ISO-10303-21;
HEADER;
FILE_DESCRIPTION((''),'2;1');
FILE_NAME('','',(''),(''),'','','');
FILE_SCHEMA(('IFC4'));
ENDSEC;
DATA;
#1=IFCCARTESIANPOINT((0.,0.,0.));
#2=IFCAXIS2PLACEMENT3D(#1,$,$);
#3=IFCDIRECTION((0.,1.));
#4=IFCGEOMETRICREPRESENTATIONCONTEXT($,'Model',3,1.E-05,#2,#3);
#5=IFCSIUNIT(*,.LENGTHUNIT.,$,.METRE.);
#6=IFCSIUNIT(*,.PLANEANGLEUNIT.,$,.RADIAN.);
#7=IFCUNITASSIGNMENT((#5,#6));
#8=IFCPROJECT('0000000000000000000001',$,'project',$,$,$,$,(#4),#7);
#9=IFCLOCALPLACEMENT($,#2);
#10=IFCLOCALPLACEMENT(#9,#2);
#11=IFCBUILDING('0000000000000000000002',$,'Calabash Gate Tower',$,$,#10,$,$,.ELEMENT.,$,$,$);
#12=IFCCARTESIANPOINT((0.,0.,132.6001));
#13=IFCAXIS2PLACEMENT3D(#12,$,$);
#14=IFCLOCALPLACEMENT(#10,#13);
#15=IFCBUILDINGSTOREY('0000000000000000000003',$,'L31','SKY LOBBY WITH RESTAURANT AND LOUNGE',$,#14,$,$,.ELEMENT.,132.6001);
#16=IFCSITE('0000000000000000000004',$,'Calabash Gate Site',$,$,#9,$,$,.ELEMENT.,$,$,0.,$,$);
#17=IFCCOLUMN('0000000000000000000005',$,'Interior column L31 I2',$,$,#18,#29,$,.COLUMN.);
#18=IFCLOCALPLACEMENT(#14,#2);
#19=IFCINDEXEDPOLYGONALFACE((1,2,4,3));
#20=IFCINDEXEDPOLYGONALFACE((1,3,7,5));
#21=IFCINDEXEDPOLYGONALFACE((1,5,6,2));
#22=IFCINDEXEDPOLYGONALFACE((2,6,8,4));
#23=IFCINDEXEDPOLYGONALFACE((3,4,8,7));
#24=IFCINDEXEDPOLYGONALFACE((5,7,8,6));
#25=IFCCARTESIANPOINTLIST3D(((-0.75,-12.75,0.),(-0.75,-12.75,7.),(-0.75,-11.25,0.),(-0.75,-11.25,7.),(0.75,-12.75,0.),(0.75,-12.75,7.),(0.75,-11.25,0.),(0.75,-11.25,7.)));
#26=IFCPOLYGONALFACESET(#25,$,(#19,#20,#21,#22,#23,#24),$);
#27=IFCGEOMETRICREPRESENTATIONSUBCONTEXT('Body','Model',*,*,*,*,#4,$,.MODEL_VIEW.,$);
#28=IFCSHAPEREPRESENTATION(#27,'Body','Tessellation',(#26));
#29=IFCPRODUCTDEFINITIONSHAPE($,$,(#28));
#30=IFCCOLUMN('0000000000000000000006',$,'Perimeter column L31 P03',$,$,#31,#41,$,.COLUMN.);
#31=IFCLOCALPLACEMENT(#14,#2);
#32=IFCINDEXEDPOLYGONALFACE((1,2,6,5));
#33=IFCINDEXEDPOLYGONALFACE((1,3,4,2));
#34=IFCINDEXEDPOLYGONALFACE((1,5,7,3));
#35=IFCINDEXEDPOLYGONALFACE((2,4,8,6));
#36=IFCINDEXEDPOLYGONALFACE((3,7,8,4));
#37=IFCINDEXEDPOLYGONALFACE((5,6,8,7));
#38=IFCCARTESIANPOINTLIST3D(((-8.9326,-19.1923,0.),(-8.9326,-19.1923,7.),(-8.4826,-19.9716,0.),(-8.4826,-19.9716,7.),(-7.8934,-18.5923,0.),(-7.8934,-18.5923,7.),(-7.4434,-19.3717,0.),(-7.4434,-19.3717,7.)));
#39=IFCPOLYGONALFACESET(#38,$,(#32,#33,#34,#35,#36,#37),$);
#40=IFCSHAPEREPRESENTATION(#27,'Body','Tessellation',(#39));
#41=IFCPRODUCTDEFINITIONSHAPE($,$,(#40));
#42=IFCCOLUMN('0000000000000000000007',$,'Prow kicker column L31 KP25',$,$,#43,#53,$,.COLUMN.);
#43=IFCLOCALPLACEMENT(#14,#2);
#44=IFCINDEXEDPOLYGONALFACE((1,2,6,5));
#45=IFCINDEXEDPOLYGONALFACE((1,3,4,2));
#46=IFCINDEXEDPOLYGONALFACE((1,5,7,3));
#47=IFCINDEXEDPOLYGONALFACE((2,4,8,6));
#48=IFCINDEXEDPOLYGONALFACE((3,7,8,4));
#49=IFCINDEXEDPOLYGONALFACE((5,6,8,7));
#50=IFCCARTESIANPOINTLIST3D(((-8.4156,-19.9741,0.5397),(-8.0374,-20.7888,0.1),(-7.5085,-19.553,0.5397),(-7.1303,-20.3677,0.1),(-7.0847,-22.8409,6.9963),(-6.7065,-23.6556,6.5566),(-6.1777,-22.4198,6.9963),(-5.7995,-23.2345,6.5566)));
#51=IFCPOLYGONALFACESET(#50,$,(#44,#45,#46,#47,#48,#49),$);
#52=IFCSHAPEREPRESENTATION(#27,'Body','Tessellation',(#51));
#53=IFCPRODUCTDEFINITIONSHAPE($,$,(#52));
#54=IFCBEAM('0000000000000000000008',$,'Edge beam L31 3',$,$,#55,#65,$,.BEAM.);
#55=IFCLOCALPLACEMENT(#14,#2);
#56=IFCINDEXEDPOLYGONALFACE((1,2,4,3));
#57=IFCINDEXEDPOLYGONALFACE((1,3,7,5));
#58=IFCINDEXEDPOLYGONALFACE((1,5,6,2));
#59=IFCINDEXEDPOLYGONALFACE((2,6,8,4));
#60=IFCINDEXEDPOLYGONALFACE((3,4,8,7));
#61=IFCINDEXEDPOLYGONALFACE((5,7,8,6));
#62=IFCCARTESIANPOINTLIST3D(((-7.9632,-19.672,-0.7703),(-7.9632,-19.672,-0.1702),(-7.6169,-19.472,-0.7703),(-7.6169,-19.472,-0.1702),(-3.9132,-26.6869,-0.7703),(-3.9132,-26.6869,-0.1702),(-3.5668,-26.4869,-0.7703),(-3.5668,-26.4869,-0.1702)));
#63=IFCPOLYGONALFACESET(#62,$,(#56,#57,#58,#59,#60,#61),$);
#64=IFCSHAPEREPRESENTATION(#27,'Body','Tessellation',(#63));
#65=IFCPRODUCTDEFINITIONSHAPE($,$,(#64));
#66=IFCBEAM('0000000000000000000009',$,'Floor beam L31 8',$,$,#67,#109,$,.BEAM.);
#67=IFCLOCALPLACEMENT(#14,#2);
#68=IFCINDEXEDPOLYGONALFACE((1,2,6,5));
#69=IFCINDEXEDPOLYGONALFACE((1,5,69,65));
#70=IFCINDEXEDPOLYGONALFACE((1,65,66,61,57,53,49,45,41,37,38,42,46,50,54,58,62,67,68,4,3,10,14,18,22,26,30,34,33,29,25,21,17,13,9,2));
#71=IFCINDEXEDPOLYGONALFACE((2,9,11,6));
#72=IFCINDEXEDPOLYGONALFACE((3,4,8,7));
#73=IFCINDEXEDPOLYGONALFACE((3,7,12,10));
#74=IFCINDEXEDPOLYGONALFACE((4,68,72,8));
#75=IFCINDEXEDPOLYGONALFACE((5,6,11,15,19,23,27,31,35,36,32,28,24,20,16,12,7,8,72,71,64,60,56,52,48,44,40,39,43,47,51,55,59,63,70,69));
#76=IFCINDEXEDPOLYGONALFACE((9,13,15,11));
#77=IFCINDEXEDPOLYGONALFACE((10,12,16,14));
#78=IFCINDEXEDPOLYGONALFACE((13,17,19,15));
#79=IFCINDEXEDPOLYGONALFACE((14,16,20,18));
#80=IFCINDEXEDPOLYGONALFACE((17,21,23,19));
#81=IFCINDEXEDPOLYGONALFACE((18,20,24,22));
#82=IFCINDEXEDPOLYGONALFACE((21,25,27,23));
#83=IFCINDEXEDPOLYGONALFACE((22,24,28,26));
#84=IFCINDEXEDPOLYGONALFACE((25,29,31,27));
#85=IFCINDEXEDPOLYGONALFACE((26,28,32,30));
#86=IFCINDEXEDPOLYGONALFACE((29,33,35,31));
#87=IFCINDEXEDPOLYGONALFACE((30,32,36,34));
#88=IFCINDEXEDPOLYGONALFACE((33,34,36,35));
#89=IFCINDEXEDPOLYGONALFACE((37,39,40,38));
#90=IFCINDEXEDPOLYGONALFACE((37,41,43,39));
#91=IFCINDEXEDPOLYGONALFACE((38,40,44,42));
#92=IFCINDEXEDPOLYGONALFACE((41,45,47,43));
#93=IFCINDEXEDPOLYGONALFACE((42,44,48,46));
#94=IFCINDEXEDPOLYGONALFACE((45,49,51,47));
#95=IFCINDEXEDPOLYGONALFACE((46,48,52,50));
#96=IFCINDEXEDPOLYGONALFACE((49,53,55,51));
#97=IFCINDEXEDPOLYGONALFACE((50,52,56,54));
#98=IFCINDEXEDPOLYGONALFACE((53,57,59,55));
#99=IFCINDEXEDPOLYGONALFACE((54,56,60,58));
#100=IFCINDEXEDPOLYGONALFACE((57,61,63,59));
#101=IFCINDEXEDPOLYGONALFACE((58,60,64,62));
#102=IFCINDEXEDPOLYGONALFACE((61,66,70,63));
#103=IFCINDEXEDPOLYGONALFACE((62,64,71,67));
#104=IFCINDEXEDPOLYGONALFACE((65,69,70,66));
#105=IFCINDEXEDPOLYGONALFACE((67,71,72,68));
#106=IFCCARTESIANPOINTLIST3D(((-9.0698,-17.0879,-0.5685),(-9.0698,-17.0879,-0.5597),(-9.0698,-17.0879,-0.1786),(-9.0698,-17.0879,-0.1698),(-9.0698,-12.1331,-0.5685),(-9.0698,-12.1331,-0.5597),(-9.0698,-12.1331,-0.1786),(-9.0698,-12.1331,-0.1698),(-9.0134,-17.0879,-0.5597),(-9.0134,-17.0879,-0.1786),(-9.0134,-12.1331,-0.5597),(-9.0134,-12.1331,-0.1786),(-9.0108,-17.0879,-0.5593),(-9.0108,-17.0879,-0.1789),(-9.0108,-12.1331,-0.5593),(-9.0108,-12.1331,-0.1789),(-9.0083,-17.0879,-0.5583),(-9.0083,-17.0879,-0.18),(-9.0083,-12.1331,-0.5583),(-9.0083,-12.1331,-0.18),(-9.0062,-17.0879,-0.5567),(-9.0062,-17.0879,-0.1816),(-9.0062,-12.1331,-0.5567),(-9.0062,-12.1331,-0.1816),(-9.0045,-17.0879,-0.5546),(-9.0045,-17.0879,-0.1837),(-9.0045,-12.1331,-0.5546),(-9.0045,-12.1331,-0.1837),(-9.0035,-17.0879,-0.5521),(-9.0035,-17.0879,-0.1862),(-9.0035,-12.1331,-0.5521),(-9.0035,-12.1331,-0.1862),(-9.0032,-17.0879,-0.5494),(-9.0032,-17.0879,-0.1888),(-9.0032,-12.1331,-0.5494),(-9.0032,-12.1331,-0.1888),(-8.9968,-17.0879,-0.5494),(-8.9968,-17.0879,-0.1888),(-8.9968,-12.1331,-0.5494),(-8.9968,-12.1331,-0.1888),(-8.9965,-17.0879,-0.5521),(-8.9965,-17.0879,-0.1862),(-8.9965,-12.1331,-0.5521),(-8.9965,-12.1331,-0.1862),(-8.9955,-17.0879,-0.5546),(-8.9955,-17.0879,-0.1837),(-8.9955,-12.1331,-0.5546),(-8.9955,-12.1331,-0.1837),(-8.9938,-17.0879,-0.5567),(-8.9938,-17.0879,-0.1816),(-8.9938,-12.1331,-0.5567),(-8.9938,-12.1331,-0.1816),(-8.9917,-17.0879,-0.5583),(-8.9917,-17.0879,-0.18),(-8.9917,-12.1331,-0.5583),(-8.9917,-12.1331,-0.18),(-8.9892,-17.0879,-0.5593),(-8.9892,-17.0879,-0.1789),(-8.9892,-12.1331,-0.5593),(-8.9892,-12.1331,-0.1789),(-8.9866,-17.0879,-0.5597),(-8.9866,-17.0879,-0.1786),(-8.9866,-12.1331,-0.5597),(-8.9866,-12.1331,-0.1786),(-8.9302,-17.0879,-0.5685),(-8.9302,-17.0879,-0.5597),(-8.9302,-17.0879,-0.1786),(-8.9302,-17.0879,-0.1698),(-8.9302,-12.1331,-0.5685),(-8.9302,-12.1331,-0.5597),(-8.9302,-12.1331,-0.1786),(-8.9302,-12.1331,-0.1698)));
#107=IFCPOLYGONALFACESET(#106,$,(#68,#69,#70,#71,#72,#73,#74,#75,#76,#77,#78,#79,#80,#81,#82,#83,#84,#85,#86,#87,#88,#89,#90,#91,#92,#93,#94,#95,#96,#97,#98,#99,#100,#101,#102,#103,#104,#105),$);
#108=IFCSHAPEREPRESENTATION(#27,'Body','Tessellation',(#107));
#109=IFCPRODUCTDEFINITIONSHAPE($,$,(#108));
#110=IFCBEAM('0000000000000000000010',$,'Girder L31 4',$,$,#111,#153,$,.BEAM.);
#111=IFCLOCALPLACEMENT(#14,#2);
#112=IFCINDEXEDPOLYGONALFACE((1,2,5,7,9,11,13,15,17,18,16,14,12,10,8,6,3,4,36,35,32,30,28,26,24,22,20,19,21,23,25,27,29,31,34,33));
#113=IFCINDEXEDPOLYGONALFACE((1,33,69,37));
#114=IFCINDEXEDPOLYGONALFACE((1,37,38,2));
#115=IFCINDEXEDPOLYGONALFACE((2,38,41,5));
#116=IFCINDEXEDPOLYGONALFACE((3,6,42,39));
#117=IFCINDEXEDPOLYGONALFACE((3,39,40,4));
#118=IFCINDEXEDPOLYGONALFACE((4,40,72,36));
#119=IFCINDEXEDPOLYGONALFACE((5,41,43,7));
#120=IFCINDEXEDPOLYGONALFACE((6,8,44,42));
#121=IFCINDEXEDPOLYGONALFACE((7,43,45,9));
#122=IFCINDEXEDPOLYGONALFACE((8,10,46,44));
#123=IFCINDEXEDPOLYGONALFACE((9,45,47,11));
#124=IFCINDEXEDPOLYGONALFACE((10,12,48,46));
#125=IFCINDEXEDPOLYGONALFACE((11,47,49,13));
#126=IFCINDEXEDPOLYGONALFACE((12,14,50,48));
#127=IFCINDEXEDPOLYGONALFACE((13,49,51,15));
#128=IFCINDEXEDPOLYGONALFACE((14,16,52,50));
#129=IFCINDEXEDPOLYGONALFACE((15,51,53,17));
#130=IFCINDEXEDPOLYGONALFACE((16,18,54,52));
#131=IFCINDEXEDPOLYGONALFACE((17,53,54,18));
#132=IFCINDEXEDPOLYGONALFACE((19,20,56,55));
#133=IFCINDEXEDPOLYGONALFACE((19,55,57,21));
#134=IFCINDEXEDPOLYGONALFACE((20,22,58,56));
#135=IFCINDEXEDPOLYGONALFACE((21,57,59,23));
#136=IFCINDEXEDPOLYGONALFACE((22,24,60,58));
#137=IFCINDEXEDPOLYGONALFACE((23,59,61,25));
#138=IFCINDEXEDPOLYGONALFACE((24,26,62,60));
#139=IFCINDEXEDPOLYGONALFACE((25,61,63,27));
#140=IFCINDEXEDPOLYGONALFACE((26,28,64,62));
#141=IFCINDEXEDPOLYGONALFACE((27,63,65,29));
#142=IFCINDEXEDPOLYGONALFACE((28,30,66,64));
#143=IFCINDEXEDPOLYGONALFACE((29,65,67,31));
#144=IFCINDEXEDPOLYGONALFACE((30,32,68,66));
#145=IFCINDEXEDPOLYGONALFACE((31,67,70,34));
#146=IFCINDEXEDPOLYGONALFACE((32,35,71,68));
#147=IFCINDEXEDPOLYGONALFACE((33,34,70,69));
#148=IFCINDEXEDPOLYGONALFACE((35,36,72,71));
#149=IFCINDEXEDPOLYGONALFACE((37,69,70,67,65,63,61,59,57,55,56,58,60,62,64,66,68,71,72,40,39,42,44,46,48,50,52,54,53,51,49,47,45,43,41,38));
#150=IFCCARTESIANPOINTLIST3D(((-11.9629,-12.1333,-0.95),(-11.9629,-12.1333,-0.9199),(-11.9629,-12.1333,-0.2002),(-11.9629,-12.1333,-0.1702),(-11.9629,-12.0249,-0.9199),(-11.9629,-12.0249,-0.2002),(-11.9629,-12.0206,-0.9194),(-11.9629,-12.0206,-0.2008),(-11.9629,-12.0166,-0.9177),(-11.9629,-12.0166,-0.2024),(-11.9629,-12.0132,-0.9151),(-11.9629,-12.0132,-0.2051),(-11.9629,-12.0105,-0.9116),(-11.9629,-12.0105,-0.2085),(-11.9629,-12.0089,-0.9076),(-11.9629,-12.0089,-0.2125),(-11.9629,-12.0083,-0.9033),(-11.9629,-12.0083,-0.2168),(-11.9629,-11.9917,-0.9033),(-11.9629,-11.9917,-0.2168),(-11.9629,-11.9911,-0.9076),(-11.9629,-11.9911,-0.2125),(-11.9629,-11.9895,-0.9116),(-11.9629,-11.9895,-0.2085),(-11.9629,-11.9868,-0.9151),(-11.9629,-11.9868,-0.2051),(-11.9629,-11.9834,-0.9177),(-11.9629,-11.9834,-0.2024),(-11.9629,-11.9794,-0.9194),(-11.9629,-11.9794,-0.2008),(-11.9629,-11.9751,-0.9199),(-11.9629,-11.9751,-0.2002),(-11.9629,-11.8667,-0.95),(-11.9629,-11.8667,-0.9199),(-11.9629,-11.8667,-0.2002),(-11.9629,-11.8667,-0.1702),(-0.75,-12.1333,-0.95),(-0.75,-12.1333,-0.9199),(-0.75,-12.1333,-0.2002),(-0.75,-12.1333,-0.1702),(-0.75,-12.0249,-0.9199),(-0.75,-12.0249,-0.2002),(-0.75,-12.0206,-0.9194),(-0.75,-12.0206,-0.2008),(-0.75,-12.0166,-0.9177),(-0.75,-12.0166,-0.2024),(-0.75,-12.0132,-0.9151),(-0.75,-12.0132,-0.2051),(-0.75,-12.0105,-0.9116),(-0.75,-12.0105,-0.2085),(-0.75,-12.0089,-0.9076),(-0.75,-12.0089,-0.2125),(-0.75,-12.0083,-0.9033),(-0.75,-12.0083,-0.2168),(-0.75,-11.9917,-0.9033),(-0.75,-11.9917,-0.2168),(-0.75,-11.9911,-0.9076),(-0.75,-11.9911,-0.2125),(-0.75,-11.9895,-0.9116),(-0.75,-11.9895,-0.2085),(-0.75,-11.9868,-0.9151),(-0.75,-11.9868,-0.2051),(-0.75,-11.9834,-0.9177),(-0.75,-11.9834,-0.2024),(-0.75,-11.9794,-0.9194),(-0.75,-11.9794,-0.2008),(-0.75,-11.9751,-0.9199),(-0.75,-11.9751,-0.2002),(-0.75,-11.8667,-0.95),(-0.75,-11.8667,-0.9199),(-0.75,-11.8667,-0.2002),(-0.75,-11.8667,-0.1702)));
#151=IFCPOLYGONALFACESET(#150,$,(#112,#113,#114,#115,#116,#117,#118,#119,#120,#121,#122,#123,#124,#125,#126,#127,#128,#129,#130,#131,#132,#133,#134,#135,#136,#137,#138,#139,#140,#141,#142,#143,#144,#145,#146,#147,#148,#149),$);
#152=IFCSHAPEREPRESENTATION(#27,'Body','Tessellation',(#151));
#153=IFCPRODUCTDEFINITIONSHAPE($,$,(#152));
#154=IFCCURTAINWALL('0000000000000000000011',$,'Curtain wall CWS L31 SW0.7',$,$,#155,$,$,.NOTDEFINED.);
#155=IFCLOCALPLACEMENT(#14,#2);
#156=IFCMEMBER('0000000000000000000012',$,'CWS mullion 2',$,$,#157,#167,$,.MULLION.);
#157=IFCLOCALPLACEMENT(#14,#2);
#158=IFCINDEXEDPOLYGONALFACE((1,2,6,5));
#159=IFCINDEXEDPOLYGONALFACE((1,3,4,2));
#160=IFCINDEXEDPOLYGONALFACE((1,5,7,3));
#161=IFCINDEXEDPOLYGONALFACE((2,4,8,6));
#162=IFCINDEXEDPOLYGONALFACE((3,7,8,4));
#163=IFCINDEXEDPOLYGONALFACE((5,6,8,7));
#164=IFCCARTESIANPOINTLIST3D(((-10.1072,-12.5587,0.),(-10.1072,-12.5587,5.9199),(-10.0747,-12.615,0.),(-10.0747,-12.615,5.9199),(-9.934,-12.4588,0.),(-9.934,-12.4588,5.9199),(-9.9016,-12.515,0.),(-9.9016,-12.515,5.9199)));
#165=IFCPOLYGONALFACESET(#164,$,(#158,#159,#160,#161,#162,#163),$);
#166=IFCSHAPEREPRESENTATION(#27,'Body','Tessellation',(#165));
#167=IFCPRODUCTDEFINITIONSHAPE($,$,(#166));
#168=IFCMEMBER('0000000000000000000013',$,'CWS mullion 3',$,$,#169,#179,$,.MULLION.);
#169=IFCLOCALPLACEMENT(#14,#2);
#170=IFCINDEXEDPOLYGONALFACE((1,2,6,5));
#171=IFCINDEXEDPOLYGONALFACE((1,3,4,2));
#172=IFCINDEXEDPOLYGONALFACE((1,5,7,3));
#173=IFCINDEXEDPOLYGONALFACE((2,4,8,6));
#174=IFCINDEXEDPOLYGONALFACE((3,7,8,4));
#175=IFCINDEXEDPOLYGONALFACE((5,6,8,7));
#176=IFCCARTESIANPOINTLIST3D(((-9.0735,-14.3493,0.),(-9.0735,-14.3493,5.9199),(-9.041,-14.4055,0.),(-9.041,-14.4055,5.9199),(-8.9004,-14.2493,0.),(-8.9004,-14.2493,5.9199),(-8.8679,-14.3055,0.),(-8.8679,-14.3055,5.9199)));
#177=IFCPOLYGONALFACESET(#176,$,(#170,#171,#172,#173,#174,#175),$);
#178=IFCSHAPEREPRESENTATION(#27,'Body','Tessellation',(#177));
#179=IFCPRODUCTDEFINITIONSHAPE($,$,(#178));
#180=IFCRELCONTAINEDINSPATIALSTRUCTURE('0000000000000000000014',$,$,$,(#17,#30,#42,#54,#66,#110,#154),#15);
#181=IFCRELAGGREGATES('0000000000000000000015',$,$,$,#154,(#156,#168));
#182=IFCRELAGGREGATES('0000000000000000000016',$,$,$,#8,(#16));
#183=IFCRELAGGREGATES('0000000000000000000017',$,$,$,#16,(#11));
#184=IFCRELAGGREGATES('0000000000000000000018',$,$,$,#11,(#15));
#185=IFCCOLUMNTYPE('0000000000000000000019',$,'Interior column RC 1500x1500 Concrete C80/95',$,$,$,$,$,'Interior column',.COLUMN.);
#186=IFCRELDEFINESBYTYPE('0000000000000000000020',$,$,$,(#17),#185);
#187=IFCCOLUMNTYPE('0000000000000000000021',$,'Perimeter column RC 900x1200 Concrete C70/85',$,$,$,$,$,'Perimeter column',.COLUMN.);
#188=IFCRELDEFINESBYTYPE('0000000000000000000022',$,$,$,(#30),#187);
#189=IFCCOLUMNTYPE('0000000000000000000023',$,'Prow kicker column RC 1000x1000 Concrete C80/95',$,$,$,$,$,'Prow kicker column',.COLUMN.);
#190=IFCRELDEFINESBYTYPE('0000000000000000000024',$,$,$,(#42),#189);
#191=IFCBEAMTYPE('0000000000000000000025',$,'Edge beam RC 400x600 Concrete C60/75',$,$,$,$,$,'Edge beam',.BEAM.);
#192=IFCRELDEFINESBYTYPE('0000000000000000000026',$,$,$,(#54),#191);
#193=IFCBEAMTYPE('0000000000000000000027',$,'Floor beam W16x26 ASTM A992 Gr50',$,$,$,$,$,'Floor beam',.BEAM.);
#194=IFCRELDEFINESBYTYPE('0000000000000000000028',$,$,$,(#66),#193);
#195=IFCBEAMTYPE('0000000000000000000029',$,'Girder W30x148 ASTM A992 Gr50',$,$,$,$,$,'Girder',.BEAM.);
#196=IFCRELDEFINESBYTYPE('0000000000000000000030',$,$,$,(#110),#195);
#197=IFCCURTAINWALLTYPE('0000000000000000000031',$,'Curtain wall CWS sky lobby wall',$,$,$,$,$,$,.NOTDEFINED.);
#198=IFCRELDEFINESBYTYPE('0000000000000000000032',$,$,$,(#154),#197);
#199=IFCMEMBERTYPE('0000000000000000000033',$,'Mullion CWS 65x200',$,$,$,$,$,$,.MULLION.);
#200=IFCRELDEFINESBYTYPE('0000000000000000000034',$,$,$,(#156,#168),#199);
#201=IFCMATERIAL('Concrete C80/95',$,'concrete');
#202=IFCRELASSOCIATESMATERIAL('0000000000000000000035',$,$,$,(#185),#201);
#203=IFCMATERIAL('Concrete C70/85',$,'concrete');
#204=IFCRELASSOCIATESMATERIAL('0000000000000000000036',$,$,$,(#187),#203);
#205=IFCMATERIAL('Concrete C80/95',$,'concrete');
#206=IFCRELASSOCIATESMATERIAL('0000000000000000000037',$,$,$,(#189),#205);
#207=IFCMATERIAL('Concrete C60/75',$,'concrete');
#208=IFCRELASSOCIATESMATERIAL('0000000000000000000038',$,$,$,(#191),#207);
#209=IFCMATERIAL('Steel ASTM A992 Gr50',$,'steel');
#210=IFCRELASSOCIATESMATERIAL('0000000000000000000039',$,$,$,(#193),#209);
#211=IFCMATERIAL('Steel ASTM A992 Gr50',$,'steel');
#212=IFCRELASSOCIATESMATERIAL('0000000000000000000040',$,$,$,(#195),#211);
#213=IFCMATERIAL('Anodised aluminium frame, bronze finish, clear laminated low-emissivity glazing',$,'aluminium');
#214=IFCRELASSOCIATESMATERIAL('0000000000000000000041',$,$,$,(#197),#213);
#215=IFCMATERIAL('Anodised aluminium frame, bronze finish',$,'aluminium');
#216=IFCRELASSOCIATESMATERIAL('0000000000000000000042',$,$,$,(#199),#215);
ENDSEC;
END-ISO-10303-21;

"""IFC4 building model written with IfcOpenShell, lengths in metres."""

from ifc_helpers import new_model, si_unit, direction, frame, origin, origin_2d, place, context, subcontext, project, spatial, rectangle, i_section, extrude, clip, halfspace, material, material_profile, profile_set, type_object, element, aggregate, save


model = new_model("IFC4")

# Units and contexts
model_context = context("Model", 3, precision=1e-05, world=origin(), true_north=direction((0.0, 1.0)))
body_context = subcontext(model_context, "Body", "Model", "MODEL_VIEW")
ifc_project = project(units=[si_unit("LENGTHUNIT", "METRE"), si_unit("PLANEANGLEUNIT", "RADIAN")], contexts=[model_context])

# Site, building, storey
site_placement = place(None, origin())
site = spatial("IfcSite", under=ifc_project, at=site_placement, Name="Calabash Gate Site", CompositionType="ELEMENT", RefElevation=0.0)
building_placement = place(site_placement, origin())
building = spatial("IfcBuilding", under=site, at=building_placement, Name="Calabash Gate Tower", CompositionType="ELEMENT")
storey_placement = place(building_placement, frame((0.0, 0.0, 132.6001)))
storey = spatial("IfcBuildingStorey", under=building, at=storey_placement, Name="L31", Description="SKY LOBBY WITH RESTAURANT AND LOUNGE", CompositionType="ELEMENT", Elevation=132.6001)

# Columns
ifc_material_1 = material(Name="Concrete C80/95", Category="concrete")
ifc_material_profile_1 = material_profile(ifc_material_1, rectangle(XDim=1.5, YDim=1.5, at=origin_2d()))
ifc_profile_set_1 = profile_set([ifc_material_profile_1], Name="Concrete C80/95")
column_type_1 = type_object("IfcColumnType", Name="Interior column RC 1500x1500 Concrete C80/95", ElementType="Interior column", PredefinedType="COLUMN", material=ifc_profile_set_1)
column_1_placement = place(storey_placement, frame((0.0, -12.0, 0.0), z_axis=(0.0, 0.0, 1.0), x_axis=(1.0, 0.0, 0.0)))
element("IfcColumn", 1, at=column_1_placement, inside=storey, type_object=column_type_1, Name="Interior column L31 I2", PredefinedType="COLUMN", context=body_context, shape_type="SweptSolid", body=[
    extrude(rectangle(XDim=1.5, YDim=1.5, at=origin_2d()), origin(), (0.0, 0.0, 1.0), 7.0),
])
ifc_material_2 = material(Name="Concrete C70/85", Category="concrete")
ifc_material_profile_2 = material_profile(ifc_material_2, rectangle(XDim=0.8999, YDim=1.2, at=origin_2d()))
ifc_profile_set_2 = profile_set([ifc_material_profile_2], Name="Concrete C70/85")
column_type_2 = type_object("IfcColumnType", Name="Perimeter column RC 900x1200 Concrete C70/85", ElementType="Perimeter column", PredefinedType="COLUMN", material=ifc_profile_set_2)
column_2_placement = place(storey_placement, frame((-8.188, -19.282, 0.0), z_axis=(0.0, 0.0, 1.0), x_axis=(0.5, -0.866025, 0.0)))
element("IfcColumn", 2, at=column_2_placement, inside=storey, type_object=column_type_2, Name="Perimeter column L31 P03", PredefinedType="COLUMN", context=body_context, shape_type="SweptSolid", body=[
    extrude(rectangle(XDim=0.8999, YDim=1.2, at=origin_2d()), origin(), (0.0, 0.0, 1.0), 7.0),
])
ifc_material_3 = material(Name="Concrete C80/95", Category="concrete")
ifc_material_profile_3 = material_profile(ifc_material_3, rectangle(XDim=1.0, YDim=1.0, at=origin_2d()))
ifc_profile_set_3 = profile_set([ifc_material_profile_3], Name="Concrete C80/95")
column_type_3 = type_object("IfcColumnType", Name="Prow kicker column RC 1000x1000 Concrete C80/95", ElementType="Prow kicker column", PredefinedType="COLUMN", material=ifc_profile_set_3)
column_3_placement = place(storey_placement, frame((-7.7729, -20.1709, 0.3198), z_axis=(0.185133, -0.398792, 0.89816), x_axis=(-0.378192, 0.814654, 0.43967)))
element("IfcColumn", 3, at=column_3_placement, inside=storey, type_object=column_type_3, Name="Prow kicker column L31 KP25", PredefinedType="COLUMN", context=body_context, shape_type="Clipping", body=[
    clip(extrude(rectangle(XDim=1.0, YDim=1.0, at=origin_2d()), origin(), (0.0, 0.0, 1.0), 7.4377), halfspace(frame((0.0, 0.0, 7.1887), z_axis=(0.0, 0.0, 1.0), x_axis=(1.0, 0.0, 0.0)), False)),
])

# Beams
ifc_material_4 = material(Name="Concrete C60/75", Category="concrete")
ifc_material_profile_4 = material_profile(ifc_material_4, rectangle(XDim=0.3999, YDim=0.6001, at=origin_2d()))
ifc_profile_set_4 = profile_set([ifc_material_profile_4], Name="Concrete C60/75")
beam_type_1 = type_object("IfcBeamType", Name="Edge beam RC 400x600 Concrete C60/75", ElementType="Edge beam", PredefinedType="BEAM", material=ifc_profile_set_4)
beam_1_placement = place(storey_placement, frame((-7.79, -19.572, -0.4702), z_axis=(0.5, -0.866025, 0.0), x_axis=(0.866025, 0.5, 0.0)))
element("IfcBeam", 4, at=beam_1_placement, inside=storey, type_object=beam_type_1, Name="Edge beam L31 3", PredefinedType="BEAM", context=body_context, shape_type="SweptSolid", body=[
    extrude(rectangle(XDim=0.3999, YDim=0.6001, at=origin_2d()), origin(), (0.0, 0.0, 1.0), 8.1001),
])
ifc_material_5 = material(Name="Steel ASTM A992 Gr50", Category="steel")
ifc_material_profile_5 = material_profile(ifc_material_5, i_section(OverallWidth=0.1396, OverallDepth=0.3987, WebThickness=0.0063, FlangeThickness=0.0088, FilletRadius=0.0103, at=origin_2d()))
ifc_profile_set_5 = profile_set([ifc_material_profile_5], Name="Steel ASTM A992 Gr50")
beam_type_2 = type_object("IfcBeamType", Name="Floor beam W16x26 ASTM A992 Gr50", ElementType="Floor beam", PredefinedType="BEAM", material=ifc_profile_set_5)
beam_2_placement = place(storey_placement, frame((-9.0, -17.0879, -0.3691), z_axis=(0.0, 1.0, 0.0), x_axis=(-1.0, 0.0, 0.0)))
element("IfcBeam", 5, at=beam_2_placement, inside=storey, type_object=beam_type_2, Name="Floor beam L31 8", PredefinedType="BEAM", context=body_context, shape_type="SweptSolid", body=[
    extrude(i_section(OverallWidth=0.1396, OverallDepth=0.3987, WebThickness=0.0063, FlangeThickness=0.0088, FilletRadius=0.0103, at=origin_2d()), origin(), (0.0, 0.0, 1.0), 4.9548),
])
ifc_material_6 = material(Name="Steel ASTM A992 Gr50", Category="steel")
ifc_material_profile_6 = material_profile(ifc_material_6, i_section(OverallWidth=0.2666, OverallDepth=0.7798, WebThickness=0.0166, FlangeThickness=0.03, FilletRadius=0.0166, at=origin_2d()))
ifc_profile_set_6 = profile_set([ifc_material_profile_6], Name="Steel ASTM A992 Gr50")
beam_type_3 = type_object("IfcBeamType", Name="Girder W30x148 ASTM A992 Gr50", ElementType="Girder", PredefinedType="BEAM", material=ifc_profile_set_6)
beam_3_placement = place(storey_placement, frame((-11.9629, -12.0, -0.5601), z_axis=(1.0, 0.0, 0.0), x_axis=(0.0, 1.0, 0.0)))
element("IfcBeam", 6, at=beam_3_placement, inside=storey, type_object=beam_type_3, Name="Girder L31 4", PredefinedType="BEAM", context=body_context, shape_type="SweptSolid", body=[
    extrude(i_section(OverallWidth=0.2666, OverallDepth=0.7798, WebThickness=0.0166, FlangeThickness=0.03, FilletRadius=0.0166, at=origin_2d()), origin(), (0.0, 0.0, 1.0), 11.2129),
])

# Curtain wall, members
ifc_material_7 = material(Name="Anodised aluminium frame, bronze finish, clear laminated low-emissivity glazing", Category="aluminium")
curtain_wall_type = type_object("IfcCurtainWallType", Name="Curtain wall CWS sky lobby wall", PredefinedType="NOTDEFINED", material=ifc_material_7)
curtain_wall_1_placement = place(storey_placement, origin())
curtain_wall_1 = element("IfcCurtainWall", 7, at=curtain_wall_1_placement, inside=storey, type_object=curtain_wall_type, Name="Curtain wall CWS L31 SW0.7", PredefinedType="NOTDEFINED")
ifc_material_8 = material(Name="Anodised aluminium frame, bronze finish", Category="aluminium")
ifc_material_profile_7 = material_profile(ifc_material_8, rectangle(XDim=0.2, YDim=0.0649, at=origin_2d()))
ifc_profile_set_7 = profile_set([ifc_material_profile_7], Name="Anodised aluminium frame, bronze finish")
member_type_1 = type_object("IfcMemberType", Name="Mullion CWS 65x200", PredefinedType="MULLION", material=ifc_profile_set_7)
member_1_placement = place(storey_placement, frame((-10.0044, -12.5369, 0.0), z_axis=(0.0, 0.0, 1.0), x_axis=(0.866025, 0.5, 0.0)))
member_1 = element("IfcMember", 8, at=member_1_placement, type_object=member_type_1, Name="CWS mullion 2", PredefinedType="MULLION", context=body_context, shape_type="SweptSolid", body=[
    extrude(rectangle(XDim=0.2, YDim=0.0649, at=origin_2d()), origin(), (0.0, 0.0, 1.0), 5.9199),
])
member_2_placement = place(storey_placement, frame((-8.9707, -14.3274, 0.0), z_axis=(0.0, 0.0, 1.0), x_axis=(0.866025, 0.5, 0.0)))
member_2 = element("IfcMember", 9, at=member_2_placement, type_object=member_type_1, Name="CWS mullion 3", PredefinedType="MULLION", context=body_context, shape_type="SweptSolid", body=[
    extrude(rectangle(XDim=0.2, YDim=0.0649, at=origin_2d()), origin(), (0.0, 0.0, 1.0), 5.9199),
])

aggregate(curtain_wall_1, [member_1, member_2])

save(model, "model.ifc")
